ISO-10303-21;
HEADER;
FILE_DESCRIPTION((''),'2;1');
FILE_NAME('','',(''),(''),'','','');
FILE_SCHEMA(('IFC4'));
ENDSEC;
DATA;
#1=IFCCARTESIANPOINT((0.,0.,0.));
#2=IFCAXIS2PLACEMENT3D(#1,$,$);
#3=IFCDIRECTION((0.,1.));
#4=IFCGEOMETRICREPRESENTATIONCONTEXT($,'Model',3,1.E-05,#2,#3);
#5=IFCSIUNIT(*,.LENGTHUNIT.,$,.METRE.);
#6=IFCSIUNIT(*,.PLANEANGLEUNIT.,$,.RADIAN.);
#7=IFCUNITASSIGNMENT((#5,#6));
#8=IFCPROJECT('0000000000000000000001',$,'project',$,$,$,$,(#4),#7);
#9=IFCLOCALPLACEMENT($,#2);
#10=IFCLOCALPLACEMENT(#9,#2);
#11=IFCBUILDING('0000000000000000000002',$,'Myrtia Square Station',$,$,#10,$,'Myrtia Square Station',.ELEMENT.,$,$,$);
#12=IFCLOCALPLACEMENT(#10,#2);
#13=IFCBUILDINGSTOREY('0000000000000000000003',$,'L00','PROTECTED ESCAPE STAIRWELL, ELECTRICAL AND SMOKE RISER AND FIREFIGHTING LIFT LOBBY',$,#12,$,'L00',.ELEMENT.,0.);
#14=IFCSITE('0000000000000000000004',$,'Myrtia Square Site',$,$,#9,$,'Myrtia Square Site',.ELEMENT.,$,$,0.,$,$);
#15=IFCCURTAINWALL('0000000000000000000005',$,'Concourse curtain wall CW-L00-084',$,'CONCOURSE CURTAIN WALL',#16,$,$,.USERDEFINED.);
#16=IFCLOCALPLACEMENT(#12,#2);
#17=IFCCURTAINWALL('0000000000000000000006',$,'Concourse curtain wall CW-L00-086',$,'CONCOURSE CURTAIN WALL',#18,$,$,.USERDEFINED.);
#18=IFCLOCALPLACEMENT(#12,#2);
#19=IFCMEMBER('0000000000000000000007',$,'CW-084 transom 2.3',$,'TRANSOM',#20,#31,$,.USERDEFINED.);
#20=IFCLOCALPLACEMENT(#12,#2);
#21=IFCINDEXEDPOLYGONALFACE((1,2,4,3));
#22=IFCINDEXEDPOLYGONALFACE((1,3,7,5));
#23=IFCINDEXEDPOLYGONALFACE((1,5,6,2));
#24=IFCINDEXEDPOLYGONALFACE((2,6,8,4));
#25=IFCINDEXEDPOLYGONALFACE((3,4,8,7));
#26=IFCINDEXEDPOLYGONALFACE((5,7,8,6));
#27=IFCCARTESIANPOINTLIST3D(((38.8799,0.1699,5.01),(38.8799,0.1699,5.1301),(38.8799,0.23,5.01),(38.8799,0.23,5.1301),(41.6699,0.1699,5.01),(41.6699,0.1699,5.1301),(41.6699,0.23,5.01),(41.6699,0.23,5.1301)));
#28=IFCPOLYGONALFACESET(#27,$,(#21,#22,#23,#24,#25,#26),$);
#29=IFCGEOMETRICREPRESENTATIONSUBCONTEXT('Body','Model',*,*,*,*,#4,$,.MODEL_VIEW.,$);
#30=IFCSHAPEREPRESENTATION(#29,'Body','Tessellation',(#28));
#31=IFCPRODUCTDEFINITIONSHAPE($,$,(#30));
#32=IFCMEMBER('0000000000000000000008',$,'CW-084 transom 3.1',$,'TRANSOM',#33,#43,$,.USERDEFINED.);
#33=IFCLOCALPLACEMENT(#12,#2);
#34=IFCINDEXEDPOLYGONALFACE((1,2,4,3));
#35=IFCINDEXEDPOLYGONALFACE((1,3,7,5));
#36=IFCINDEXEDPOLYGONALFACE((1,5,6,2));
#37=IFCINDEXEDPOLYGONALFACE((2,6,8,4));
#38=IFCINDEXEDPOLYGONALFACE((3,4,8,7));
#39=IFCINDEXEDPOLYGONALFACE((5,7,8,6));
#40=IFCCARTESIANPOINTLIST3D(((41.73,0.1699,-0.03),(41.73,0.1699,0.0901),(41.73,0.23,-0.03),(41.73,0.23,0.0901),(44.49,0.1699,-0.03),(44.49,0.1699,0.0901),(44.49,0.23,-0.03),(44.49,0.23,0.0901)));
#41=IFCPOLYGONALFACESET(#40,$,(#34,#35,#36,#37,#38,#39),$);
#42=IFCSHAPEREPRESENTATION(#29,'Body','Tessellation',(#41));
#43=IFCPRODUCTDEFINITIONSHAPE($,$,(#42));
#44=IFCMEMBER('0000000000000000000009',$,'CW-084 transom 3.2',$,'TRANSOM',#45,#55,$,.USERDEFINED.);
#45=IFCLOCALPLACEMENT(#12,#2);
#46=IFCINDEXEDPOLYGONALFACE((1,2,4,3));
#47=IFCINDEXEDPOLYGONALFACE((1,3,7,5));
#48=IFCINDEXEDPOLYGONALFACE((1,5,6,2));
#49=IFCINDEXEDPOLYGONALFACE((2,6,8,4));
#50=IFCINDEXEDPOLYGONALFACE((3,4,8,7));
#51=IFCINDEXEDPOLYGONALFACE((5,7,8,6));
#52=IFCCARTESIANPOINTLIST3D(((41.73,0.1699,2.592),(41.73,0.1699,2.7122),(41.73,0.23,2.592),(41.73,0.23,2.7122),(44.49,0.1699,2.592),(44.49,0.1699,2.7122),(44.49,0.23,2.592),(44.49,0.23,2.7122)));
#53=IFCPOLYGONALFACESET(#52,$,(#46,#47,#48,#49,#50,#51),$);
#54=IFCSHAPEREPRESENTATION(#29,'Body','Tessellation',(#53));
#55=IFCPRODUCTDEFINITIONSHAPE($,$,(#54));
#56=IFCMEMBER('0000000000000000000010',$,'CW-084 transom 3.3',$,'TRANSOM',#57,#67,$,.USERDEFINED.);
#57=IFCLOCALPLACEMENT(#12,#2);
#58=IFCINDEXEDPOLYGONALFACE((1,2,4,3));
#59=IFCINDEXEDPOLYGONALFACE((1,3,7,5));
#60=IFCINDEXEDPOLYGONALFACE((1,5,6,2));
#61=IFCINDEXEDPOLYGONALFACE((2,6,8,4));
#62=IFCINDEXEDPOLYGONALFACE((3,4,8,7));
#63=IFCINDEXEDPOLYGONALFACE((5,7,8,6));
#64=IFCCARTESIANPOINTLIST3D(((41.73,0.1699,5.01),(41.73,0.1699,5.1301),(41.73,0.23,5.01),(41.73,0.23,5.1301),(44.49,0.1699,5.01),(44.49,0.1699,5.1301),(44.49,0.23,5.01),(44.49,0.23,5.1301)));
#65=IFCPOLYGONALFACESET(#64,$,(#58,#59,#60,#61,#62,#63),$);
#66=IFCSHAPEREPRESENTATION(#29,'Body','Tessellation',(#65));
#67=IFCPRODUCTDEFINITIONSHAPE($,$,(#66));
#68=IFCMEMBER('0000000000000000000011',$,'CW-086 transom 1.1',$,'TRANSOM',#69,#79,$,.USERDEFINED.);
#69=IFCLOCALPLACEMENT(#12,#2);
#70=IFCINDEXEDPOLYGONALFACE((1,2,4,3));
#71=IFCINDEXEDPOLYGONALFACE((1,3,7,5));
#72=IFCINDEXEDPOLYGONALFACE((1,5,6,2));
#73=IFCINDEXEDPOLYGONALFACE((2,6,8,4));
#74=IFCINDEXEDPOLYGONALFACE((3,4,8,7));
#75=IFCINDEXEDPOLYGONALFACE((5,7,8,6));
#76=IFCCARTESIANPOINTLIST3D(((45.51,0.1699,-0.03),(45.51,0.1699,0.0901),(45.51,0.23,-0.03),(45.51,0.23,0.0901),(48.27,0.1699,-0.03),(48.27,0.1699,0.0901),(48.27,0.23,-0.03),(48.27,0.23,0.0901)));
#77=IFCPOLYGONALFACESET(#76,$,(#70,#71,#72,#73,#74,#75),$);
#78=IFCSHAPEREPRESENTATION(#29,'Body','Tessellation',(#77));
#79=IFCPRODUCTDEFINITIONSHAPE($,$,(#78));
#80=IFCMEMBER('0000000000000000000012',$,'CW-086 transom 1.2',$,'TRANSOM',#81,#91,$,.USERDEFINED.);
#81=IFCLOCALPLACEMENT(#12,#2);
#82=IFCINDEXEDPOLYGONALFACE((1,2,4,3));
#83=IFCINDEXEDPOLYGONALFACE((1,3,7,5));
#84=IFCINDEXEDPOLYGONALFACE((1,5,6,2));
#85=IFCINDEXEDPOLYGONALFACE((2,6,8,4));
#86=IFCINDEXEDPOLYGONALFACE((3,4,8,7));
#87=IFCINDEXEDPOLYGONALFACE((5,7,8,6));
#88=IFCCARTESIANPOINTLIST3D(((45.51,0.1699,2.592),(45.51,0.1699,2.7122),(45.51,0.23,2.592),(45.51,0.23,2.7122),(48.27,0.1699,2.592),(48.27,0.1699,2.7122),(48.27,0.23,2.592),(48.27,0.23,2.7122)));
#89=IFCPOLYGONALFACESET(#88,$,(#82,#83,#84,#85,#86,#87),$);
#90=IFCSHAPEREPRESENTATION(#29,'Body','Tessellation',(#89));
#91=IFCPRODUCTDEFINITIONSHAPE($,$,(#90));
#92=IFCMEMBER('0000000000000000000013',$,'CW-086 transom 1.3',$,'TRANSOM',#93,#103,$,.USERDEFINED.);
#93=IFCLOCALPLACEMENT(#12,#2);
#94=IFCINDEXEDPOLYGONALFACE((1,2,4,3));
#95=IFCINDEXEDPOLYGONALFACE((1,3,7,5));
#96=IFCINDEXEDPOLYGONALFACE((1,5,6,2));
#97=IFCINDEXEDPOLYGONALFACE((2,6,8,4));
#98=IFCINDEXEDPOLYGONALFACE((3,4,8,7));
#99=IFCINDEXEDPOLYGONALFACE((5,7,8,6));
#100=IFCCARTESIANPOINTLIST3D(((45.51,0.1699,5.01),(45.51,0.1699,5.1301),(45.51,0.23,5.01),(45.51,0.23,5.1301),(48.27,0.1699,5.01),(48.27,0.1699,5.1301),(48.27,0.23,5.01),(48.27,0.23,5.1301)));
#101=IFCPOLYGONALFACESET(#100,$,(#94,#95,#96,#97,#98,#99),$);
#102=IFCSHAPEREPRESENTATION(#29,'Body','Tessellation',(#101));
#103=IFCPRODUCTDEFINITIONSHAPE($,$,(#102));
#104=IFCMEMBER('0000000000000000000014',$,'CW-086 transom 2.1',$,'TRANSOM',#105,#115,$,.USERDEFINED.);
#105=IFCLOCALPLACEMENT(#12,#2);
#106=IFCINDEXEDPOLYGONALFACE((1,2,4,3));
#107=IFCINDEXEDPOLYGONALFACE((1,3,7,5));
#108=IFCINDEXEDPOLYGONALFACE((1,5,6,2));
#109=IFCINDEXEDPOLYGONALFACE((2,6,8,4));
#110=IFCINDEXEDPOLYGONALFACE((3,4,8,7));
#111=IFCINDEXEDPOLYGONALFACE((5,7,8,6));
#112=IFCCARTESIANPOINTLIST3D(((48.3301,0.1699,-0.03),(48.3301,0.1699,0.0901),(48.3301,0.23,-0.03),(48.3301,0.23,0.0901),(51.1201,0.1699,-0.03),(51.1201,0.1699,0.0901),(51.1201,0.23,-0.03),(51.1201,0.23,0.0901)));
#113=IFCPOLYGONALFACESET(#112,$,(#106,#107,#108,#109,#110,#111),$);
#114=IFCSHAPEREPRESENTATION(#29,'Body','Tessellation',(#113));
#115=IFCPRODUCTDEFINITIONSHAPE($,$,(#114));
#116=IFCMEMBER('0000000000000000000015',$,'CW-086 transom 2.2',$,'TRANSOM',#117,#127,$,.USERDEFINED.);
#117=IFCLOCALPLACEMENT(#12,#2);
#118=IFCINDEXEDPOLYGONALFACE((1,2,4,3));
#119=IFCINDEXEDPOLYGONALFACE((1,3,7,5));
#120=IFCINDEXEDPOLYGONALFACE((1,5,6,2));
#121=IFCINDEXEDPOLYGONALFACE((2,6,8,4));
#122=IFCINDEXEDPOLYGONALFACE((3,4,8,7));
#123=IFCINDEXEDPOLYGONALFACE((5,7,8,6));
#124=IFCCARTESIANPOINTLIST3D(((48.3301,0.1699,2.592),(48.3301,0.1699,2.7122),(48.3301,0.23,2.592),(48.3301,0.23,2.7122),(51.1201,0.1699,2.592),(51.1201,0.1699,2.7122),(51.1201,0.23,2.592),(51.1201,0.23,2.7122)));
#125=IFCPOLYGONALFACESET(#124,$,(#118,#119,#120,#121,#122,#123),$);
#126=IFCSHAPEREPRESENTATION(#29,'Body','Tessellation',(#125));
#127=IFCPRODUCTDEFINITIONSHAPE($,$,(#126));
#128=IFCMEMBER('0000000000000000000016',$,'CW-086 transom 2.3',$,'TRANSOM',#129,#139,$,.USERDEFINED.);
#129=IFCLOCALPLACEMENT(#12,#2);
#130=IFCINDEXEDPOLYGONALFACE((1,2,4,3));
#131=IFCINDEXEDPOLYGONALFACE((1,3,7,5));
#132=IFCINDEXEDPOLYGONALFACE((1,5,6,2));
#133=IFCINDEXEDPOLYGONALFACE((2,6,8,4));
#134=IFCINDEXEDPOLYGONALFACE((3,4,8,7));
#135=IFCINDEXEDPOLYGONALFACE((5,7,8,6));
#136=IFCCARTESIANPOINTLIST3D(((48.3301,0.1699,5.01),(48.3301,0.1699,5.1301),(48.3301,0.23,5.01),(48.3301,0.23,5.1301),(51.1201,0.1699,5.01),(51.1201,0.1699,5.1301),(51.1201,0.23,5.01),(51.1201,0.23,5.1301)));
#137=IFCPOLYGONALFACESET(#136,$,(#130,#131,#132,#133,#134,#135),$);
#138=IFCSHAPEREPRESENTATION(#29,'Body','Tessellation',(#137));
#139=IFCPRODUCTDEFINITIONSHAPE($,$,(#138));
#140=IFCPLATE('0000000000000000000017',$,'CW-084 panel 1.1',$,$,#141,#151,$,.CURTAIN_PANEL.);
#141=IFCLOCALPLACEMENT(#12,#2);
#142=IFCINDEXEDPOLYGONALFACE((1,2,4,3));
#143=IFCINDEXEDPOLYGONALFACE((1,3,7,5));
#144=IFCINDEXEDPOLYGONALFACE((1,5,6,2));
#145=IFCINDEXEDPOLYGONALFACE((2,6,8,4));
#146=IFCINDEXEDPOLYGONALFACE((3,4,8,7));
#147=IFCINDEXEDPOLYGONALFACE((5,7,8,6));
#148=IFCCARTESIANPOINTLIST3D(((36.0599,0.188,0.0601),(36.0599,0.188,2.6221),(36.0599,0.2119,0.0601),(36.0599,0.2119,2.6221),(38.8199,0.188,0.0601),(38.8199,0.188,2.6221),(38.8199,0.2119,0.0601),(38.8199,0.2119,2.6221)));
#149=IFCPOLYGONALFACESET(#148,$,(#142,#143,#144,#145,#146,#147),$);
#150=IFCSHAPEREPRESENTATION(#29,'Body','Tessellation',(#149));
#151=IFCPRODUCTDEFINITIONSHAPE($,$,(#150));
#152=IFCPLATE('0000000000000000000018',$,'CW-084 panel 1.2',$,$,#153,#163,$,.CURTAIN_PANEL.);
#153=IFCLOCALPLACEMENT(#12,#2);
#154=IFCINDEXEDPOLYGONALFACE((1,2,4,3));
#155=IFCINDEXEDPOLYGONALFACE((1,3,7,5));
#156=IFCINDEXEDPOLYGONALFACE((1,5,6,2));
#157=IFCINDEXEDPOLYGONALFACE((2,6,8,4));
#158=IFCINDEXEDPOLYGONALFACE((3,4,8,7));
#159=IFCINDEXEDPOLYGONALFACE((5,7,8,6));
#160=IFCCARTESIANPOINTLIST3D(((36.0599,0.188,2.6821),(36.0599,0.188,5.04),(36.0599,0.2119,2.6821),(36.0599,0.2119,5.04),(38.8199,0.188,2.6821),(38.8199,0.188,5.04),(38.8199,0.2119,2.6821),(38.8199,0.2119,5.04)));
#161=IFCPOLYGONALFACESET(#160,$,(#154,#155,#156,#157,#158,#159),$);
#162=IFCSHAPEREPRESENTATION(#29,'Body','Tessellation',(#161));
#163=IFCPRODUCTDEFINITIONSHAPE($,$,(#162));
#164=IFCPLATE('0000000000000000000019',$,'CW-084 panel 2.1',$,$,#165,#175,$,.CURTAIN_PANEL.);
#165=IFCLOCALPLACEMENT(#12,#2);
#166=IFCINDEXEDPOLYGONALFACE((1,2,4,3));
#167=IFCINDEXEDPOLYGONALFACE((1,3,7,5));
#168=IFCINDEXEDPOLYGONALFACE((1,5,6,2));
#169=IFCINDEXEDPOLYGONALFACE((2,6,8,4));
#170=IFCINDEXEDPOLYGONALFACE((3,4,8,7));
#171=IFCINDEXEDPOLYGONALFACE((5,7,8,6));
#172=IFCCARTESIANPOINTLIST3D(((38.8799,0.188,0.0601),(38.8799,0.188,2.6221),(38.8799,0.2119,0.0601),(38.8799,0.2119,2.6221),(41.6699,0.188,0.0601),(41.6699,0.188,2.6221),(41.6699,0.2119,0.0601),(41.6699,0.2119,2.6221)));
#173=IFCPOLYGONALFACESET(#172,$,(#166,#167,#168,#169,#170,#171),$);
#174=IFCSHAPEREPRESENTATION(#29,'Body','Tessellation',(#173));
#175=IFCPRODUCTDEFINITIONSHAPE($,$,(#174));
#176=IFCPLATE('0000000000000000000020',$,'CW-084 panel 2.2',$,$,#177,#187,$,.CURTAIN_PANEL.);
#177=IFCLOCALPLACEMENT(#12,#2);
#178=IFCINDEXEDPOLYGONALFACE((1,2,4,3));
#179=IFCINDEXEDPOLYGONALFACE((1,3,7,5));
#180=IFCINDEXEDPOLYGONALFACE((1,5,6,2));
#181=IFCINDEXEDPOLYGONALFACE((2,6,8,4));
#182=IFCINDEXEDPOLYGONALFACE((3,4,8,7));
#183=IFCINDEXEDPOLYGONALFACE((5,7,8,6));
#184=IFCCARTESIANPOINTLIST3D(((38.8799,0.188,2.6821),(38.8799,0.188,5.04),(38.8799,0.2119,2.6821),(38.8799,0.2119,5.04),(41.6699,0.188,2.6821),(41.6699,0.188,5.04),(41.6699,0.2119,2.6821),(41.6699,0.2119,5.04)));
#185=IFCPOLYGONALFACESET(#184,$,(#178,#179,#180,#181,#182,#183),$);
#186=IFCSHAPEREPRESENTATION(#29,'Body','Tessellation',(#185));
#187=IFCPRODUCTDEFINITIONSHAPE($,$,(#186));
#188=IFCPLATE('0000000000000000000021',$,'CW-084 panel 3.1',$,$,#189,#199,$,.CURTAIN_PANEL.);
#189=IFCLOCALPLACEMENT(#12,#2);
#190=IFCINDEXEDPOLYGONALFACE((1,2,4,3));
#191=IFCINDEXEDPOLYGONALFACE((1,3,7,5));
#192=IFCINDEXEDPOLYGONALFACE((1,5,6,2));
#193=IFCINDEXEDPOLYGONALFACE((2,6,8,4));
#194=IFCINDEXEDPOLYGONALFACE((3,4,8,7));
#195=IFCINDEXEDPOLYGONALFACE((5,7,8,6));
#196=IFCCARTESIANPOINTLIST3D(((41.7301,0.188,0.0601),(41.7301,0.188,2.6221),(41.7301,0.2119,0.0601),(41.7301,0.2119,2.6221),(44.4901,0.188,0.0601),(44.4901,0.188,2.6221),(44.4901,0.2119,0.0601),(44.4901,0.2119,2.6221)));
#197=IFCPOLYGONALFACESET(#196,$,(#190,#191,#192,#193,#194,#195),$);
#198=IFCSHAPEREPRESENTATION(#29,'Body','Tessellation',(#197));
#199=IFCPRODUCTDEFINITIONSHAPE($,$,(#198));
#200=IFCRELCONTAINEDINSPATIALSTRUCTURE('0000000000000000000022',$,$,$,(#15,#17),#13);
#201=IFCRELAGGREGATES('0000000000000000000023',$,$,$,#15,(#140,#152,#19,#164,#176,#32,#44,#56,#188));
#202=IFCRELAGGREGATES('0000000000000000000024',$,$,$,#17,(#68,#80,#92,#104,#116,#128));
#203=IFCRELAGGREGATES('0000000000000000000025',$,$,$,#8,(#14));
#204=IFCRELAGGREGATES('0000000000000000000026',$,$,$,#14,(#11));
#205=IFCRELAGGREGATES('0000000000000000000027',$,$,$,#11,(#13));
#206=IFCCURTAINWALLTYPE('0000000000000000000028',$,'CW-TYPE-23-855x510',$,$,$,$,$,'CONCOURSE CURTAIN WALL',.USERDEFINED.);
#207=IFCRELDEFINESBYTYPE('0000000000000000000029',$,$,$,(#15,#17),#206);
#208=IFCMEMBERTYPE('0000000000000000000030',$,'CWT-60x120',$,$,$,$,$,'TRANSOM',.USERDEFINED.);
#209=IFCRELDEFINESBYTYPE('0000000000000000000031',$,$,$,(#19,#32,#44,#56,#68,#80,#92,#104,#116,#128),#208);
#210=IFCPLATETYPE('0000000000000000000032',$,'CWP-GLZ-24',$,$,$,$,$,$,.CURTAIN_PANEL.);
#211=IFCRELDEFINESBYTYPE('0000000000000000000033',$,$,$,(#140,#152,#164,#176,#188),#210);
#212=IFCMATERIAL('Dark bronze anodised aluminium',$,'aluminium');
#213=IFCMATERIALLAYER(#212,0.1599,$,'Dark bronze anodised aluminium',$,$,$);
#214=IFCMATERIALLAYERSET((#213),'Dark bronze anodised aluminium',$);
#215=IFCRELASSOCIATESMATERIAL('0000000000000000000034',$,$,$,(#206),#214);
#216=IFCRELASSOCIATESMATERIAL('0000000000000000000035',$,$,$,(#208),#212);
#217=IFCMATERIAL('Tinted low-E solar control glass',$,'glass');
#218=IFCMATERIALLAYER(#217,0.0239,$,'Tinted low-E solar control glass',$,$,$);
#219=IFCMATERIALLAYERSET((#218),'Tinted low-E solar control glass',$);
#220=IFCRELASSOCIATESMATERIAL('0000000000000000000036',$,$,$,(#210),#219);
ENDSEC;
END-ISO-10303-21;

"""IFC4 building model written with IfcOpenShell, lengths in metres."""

from ifc_helpers import new_model, si_unit, direction, frame, origin, origin_2d, place, context, subcontext, project, spatial, rectangle, extrude, material, layer, layer_set, material_profile, profile_set, type_object, element, aggregate, save


model = new_model("IFC4")

# Units and contexts
model_context = context("Model", 3, precision=1e-05, world=origin(), true_north=direction((0.0, 1.0)))
body_context = subcontext(model_context, "Body", "Model", "MODEL_VIEW")
ifc_project = project(units=[si_unit("LENGTHUNIT", "METRE"), si_unit("PLANEANGLEUNIT", "RADIAN")], contexts=[model_context])

# Site, building, storey
site_placement = place(None, origin())
site = spatial("IfcSite", under=ifc_project, at=site_placement, Name="Myrtia Square Site", LongName="Myrtia Square Site", CompositionType="ELEMENT", RefElevation=0.0)
building_placement = place(site_placement, origin())
building = spatial("IfcBuilding", under=site, at=building_placement, Name="Myrtia Square Station", LongName="Myrtia Square Station", CompositionType="ELEMENT")
storey_placement = place(building_placement, origin())
storey = spatial("IfcBuildingStorey", under=building, at=storey_placement, Name="L00", Description="PROTECTED ESCAPE STAIRWELL, ELECTRICAL AND SMOKE RISER AND FIREFIGHTING LIFT LOBBY", LongName="L00", CompositionType="ELEMENT", Elevation=0.0)

# Curtain walls
ifc_material_1 = material(Name="Dark bronze anodised aluminium", Category="aluminium")
ifc_layer_1 = layer(ifc_material_1, 0.1599, Name="Dark bronze anodised aluminium")
ifc_layer_set_1 = layer_set([ifc_layer_1], Name="Dark bronze anodised aluminium")
curtain_wall_type = type_object("IfcCurtainWallType", Name="CW-TYPE-23-855x510", ElementType="CONCOURSE CURTAIN WALL", PredefinedType="USERDEFINED", material=ifc_layer_set_1)
curtain_wall_1_placement = place(storey_placement, origin())
curtain_wall_1 = element("IfcCurtainWall", 1, at=curtain_wall_1_placement, inside=storey, type_object=curtain_wall_type, Name="Concourse curtain wall CW-L00-084", ObjectType="CONCOURSE CURTAIN WALL", PredefinedType="USERDEFINED")
curtain_wall_2_placement = place(storey_placement, origin())
curtain_wall_2 = element("IfcCurtainWall", 2, at=curtain_wall_2_placement, inside=storey, type_object=curtain_wall_type, Name="Concourse curtain wall CW-L00-086", ObjectType="CONCOURSE CURTAIN WALL", PredefinedType="USERDEFINED")

# Members
ifc_material_profile_1 = material_profile(ifc_material_1, rectangle(XDim=0.0601, YDim=0.1201, at=origin_2d()), Name="ALU-T 60x120")
ifc_profile_set_1 = profile_set([ifc_material_profile_1], Name="Dark bronze anodised aluminium")
member_type_1 = type_object("IfcMemberType", Name="CWT-60x120", ElementType="TRANSOM", PredefinedType="USERDEFINED", material=ifc_profile_set_1)
member_1_placement = place(storey_placement, frame((38.8799, 0.2, 5.0701), z_axis=(1.0, 0.0, 0.0), x_axis=(0.0, 1.0, 0.0)))
member_1 = element("IfcMember", 3, at=member_1_placement, type_object=member_type_1, Name="CW-084 transom 2.3", ObjectType="TRANSOM", PredefinedType="USERDEFINED", context=body_context, shape_type="SweptSolid", body=[
    extrude(rectangle(XDim=0.0601, YDim=0.1201, at=origin_2d()), origin(), (0.0, 0.0, 1.0), 2.79),
])
member_2_placement = place(storey_placement, frame((41.73, 0.2, 0.03), z_axis=(1.0, 0.0, 0.0), x_axis=(0.0, 1.0, 0.0)))
member_2 = element("IfcMember", 4, at=member_2_placement, type_object=member_type_1, Name="CW-084 transom 3.1", ObjectType="TRANSOM", PredefinedType="USERDEFINED", context=body_context, shape_type="SweptSolid", body=[
    extrude(rectangle(XDim=0.0601, YDim=0.1201, at=origin_2d()), origin(), (0.0, 0.0, 1.0), 2.76),
])
member_3_placement = place(storey_placement, frame((41.73, 0.2, 2.6521), z_axis=(1.0, 0.0, 0.0), x_axis=(0.0, 1.0, 0.0)))
member_3 = element("IfcMember", 5, at=member_3_placement, type_object=member_type_1, Name="CW-084 transom 3.2", ObjectType="TRANSOM", PredefinedType="USERDEFINED", context=body_context, shape_type="SweptSolid", body=[
    extrude(rectangle(XDim=0.0601, YDim=0.1201, at=origin_2d()), origin(), (0.0, 0.0, 1.0), 2.76),
])
member_4_placement = place(storey_placement, frame((41.73, 0.2, 5.0701), z_axis=(1.0, 0.0, 0.0), x_axis=(0.0, 1.0, 0.0)))
member_4 = element("IfcMember", 6, at=member_4_placement, type_object=member_type_1, Name="CW-084 transom 3.3", ObjectType="TRANSOM", PredefinedType="USERDEFINED", context=body_context, shape_type="SweptSolid", body=[
    extrude(rectangle(XDim=0.0601, YDim=0.1201, at=origin_2d()), origin(), (0.0, 0.0, 1.0), 2.76),
])
member_5_placement = place(storey_placement, frame((45.51, 0.2, 0.03), z_axis=(1.0, 0.0, 0.0), x_axis=(0.0, 1.0, 0.0)))
member_5 = element("IfcMember", 7, at=member_5_placement, type_object=member_type_1, Name="CW-086 transom 1.1", ObjectType="TRANSOM", PredefinedType="USERDEFINED", context=body_context, shape_type="SweptSolid", body=[
    extrude(rectangle(XDim=0.0601, YDim=0.1201, at=origin_2d()), origin(), (0.0, 0.0, 1.0), 2.76),
])
member_6_placement = place(storey_placement, frame((45.51, 0.2, 2.6521), z_axis=(1.0, 0.0, 0.0), x_axis=(0.0, 1.0, 0.0)))
member_6 = element("IfcMember", 8, at=member_6_placement, type_object=member_type_1, Name="CW-086 transom 1.2", ObjectType="TRANSOM", PredefinedType="USERDEFINED", context=body_context, shape_type="SweptSolid", body=[
    extrude(rectangle(XDim=0.0601, YDim=0.1201, at=origin_2d()), origin(), (0.0, 0.0, 1.0), 2.76),
])
member_7_placement = place(storey_placement, frame((45.51, 0.2, 5.0701), z_axis=(1.0, 0.0, 0.0), x_axis=(0.0, 1.0, 0.0)))
member_7 = element("IfcMember", 9, at=member_7_placement, type_object=member_type_1, Name="CW-086 transom 1.3", ObjectType="TRANSOM", PredefinedType="USERDEFINED", context=body_context, shape_type="SweptSolid", body=[
    extrude(rectangle(XDim=0.0601, YDim=0.1201, at=origin_2d()), origin(), (0.0, 0.0, 1.0), 2.76),
])
member_8_placement = place(storey_placement, frame((48.3301, 0.2, 0.03), z_axis=(1.0, 0.0, 0.0), x_axis=(0.0, 1.0, 0.0)))
member_8 = element("IfcMember", 10, at=member_8_placement, type_object=member_type_1, Name="CW-086 transom 2.1", ObjectType="TRANSOM", PredefinedType="USERDEFINED", context=body_context, shape_type="SweptSolid", body=[
    extrude(rectangle(XDim=0.0601, YDim=0.1201, at=origin_2d()), origin(), (0.0, 0.0, 1.0), 2.79),
])
member_9_placement = place(storey_placement, frame((48.3301, 0.2, 2.6521), z_axis=(1.0, 0.0, 0.0), x_axis=(0.0, 1.0, 0.0)))
member_9 = element("IfcMember", 11, at=member_9_placement, type_object=member_type_1, Name="CW-086 transom 2.2", ObjectType="TRANSOM", PredefinedType="USERDEFINED", context=body_context, shape_type="SweptSolid", body=[
    extrude(rectangle(XDim=0.0601, YDim=0.1201, at=origin_2d()), origin(), (0.0, 0.0, 1.0), 2.79),
])
member_10_placement = place(storey_placement, frame((48.3301, 0.2, 5.0701), z_axis=(1.0, 0.0, 0.0), x_axis=(0.0, 1.0, 0.0)))
member_10 = element("IfcMember", 12, at=member_10_placement, type_object=member_type_1, Name="CW-086 transom 2.3", ObjectType="TRANSOM", PredefinedType="USERDEFINED", context=body_context, shape_type="SweptSolid", body=[
    extrude(rectangle(XDim=0.0601, YDim=0.1201, at=origin_2d()), origin(), (0.0, 0.0, 1.0), 2.79),
])

# Plates
ifc_material_2 = material(Name="Tinted low-E solar control glass", Category="glass")
ifc_layer_2 = layer(ifc_material_2, 0.0239, Name="Tinted low-E solar control glass")
ifc_layer_set_2 = layer_set([ifc_layer_2], Name="Tinted low-E solar control glass")
plate_type_1 = type_object("IfcPlateType", Name="CWP-GLZ-24", PredefinedType="CURTAIN_PANEL", material=ifc_layer_set_2)
plate_1_placement = place(storey_placement, frame((37.4399, 0.2, 0.0601), z_axis=(0.0, 0.0, 1.0), x_axis=(1.0, 0.0, 0.0)))
plate_1 = element("IfcPlate", 13, at=plate_1_placement, type_object=plate_type_1, Name="CW-084 panel 1.1", PredefinedType="CURTAIN_PANEL", context=body_context, shape_type="SweptSolid", body=[
    extrude(rectangle(XDim=2.76, YDim=0.0239, at=origin_2d()), origin(), (0.0, 0.0, 1.0), 2.562),
])
plate_2_placement = place(storey_placement, frame((37.4399, 0.2, 2.6821), z_axis=(0.0, 0.0, 1.0), x_axis=(1.0, 0.0, 0.0)))
plate_2 = element("IfcPlate", 14, at=plate_2_placement, type_object=plate_type_1, Name="CW-084 panel 1.2", PredefinedType="CURTAIN_PANEL", context=body_context, shape_type="SweptSolid", body=[
    extrude(rectangle(XDim=2.76, YDim=0.0239, at=origin_2d()), origin(), (0.0, 0.0, 1.0), 2.3579),
])
plate_3_placement = place(storey_placement, frame((40.2749, 0.2, 0.0601), z_axis=(0.0, 0.0, 1.0), x_axis=(1.0, 0.0, 0.0)))
plate_3 = element("IfcPlate", 15, at=plate_3_placement, type_object=plate_type_1, Name="CW-084 panel 2.1", PredefinedType="CURTAIN_PANEL", context=body_context, shape_type="SweptSolid", body=[
    extrude(rectangle(XDim=2.79, YDim=0.0239, at=origin_2d()), origin(), (0.0, 0.0, 1.0), 2.562),
])
plate_4_placement = place(storey_placement, frame((40.2749, 0.2, 2.6821), z_axis=(0.0, 0.0, 1.0), x_axis=(1.0, 0.0, 0.0)))
plate_4 = element("IfcPlate", 16, at=plate_4_placement, type_object=plate_type_1, Name="CW-084 panel 2.2", PredefinedType="CURTAIN_PANEL", context=body_context, shape_type="SweptSolid", body=[
    extrude(rectangle(XDim=2.79, YDim=0.0239, at=origin_2d()), origin(), (0.0, 0.0, 1.0), 2.3579),
])
plate_5_placement = place(storey_placement, frame((43.1101, 0.2, 0.0601), z_axis=(0.0, 0.0, 1.0), x_axis=(1.0, 0.0, 0.0)))
plate_5 = element("IfcPlate", 17, at=plate_5_placement, type_object=plate_type_1, Name="CW-084 panel 3.1", PredefinedType="CURTAIN_PANEL", context=body_context, shape_type="SweptSolid", body=[
    extrude(rectangle(XDim=2.76, YDim=0.0239, at=origin_2d()), origin(), (0.0, 0.0, 1.0), 2.562),
])
aggregate(curtain_wall_1, [plate_1, plate_2, member_1, plate_3, plate_4, member_2, member_3, member_4, plate_5])
aggregate(curtain_wall_2, [member_5, member_6, member_7, member_8, member_9, member_10])

save(model, "model.ifc")
